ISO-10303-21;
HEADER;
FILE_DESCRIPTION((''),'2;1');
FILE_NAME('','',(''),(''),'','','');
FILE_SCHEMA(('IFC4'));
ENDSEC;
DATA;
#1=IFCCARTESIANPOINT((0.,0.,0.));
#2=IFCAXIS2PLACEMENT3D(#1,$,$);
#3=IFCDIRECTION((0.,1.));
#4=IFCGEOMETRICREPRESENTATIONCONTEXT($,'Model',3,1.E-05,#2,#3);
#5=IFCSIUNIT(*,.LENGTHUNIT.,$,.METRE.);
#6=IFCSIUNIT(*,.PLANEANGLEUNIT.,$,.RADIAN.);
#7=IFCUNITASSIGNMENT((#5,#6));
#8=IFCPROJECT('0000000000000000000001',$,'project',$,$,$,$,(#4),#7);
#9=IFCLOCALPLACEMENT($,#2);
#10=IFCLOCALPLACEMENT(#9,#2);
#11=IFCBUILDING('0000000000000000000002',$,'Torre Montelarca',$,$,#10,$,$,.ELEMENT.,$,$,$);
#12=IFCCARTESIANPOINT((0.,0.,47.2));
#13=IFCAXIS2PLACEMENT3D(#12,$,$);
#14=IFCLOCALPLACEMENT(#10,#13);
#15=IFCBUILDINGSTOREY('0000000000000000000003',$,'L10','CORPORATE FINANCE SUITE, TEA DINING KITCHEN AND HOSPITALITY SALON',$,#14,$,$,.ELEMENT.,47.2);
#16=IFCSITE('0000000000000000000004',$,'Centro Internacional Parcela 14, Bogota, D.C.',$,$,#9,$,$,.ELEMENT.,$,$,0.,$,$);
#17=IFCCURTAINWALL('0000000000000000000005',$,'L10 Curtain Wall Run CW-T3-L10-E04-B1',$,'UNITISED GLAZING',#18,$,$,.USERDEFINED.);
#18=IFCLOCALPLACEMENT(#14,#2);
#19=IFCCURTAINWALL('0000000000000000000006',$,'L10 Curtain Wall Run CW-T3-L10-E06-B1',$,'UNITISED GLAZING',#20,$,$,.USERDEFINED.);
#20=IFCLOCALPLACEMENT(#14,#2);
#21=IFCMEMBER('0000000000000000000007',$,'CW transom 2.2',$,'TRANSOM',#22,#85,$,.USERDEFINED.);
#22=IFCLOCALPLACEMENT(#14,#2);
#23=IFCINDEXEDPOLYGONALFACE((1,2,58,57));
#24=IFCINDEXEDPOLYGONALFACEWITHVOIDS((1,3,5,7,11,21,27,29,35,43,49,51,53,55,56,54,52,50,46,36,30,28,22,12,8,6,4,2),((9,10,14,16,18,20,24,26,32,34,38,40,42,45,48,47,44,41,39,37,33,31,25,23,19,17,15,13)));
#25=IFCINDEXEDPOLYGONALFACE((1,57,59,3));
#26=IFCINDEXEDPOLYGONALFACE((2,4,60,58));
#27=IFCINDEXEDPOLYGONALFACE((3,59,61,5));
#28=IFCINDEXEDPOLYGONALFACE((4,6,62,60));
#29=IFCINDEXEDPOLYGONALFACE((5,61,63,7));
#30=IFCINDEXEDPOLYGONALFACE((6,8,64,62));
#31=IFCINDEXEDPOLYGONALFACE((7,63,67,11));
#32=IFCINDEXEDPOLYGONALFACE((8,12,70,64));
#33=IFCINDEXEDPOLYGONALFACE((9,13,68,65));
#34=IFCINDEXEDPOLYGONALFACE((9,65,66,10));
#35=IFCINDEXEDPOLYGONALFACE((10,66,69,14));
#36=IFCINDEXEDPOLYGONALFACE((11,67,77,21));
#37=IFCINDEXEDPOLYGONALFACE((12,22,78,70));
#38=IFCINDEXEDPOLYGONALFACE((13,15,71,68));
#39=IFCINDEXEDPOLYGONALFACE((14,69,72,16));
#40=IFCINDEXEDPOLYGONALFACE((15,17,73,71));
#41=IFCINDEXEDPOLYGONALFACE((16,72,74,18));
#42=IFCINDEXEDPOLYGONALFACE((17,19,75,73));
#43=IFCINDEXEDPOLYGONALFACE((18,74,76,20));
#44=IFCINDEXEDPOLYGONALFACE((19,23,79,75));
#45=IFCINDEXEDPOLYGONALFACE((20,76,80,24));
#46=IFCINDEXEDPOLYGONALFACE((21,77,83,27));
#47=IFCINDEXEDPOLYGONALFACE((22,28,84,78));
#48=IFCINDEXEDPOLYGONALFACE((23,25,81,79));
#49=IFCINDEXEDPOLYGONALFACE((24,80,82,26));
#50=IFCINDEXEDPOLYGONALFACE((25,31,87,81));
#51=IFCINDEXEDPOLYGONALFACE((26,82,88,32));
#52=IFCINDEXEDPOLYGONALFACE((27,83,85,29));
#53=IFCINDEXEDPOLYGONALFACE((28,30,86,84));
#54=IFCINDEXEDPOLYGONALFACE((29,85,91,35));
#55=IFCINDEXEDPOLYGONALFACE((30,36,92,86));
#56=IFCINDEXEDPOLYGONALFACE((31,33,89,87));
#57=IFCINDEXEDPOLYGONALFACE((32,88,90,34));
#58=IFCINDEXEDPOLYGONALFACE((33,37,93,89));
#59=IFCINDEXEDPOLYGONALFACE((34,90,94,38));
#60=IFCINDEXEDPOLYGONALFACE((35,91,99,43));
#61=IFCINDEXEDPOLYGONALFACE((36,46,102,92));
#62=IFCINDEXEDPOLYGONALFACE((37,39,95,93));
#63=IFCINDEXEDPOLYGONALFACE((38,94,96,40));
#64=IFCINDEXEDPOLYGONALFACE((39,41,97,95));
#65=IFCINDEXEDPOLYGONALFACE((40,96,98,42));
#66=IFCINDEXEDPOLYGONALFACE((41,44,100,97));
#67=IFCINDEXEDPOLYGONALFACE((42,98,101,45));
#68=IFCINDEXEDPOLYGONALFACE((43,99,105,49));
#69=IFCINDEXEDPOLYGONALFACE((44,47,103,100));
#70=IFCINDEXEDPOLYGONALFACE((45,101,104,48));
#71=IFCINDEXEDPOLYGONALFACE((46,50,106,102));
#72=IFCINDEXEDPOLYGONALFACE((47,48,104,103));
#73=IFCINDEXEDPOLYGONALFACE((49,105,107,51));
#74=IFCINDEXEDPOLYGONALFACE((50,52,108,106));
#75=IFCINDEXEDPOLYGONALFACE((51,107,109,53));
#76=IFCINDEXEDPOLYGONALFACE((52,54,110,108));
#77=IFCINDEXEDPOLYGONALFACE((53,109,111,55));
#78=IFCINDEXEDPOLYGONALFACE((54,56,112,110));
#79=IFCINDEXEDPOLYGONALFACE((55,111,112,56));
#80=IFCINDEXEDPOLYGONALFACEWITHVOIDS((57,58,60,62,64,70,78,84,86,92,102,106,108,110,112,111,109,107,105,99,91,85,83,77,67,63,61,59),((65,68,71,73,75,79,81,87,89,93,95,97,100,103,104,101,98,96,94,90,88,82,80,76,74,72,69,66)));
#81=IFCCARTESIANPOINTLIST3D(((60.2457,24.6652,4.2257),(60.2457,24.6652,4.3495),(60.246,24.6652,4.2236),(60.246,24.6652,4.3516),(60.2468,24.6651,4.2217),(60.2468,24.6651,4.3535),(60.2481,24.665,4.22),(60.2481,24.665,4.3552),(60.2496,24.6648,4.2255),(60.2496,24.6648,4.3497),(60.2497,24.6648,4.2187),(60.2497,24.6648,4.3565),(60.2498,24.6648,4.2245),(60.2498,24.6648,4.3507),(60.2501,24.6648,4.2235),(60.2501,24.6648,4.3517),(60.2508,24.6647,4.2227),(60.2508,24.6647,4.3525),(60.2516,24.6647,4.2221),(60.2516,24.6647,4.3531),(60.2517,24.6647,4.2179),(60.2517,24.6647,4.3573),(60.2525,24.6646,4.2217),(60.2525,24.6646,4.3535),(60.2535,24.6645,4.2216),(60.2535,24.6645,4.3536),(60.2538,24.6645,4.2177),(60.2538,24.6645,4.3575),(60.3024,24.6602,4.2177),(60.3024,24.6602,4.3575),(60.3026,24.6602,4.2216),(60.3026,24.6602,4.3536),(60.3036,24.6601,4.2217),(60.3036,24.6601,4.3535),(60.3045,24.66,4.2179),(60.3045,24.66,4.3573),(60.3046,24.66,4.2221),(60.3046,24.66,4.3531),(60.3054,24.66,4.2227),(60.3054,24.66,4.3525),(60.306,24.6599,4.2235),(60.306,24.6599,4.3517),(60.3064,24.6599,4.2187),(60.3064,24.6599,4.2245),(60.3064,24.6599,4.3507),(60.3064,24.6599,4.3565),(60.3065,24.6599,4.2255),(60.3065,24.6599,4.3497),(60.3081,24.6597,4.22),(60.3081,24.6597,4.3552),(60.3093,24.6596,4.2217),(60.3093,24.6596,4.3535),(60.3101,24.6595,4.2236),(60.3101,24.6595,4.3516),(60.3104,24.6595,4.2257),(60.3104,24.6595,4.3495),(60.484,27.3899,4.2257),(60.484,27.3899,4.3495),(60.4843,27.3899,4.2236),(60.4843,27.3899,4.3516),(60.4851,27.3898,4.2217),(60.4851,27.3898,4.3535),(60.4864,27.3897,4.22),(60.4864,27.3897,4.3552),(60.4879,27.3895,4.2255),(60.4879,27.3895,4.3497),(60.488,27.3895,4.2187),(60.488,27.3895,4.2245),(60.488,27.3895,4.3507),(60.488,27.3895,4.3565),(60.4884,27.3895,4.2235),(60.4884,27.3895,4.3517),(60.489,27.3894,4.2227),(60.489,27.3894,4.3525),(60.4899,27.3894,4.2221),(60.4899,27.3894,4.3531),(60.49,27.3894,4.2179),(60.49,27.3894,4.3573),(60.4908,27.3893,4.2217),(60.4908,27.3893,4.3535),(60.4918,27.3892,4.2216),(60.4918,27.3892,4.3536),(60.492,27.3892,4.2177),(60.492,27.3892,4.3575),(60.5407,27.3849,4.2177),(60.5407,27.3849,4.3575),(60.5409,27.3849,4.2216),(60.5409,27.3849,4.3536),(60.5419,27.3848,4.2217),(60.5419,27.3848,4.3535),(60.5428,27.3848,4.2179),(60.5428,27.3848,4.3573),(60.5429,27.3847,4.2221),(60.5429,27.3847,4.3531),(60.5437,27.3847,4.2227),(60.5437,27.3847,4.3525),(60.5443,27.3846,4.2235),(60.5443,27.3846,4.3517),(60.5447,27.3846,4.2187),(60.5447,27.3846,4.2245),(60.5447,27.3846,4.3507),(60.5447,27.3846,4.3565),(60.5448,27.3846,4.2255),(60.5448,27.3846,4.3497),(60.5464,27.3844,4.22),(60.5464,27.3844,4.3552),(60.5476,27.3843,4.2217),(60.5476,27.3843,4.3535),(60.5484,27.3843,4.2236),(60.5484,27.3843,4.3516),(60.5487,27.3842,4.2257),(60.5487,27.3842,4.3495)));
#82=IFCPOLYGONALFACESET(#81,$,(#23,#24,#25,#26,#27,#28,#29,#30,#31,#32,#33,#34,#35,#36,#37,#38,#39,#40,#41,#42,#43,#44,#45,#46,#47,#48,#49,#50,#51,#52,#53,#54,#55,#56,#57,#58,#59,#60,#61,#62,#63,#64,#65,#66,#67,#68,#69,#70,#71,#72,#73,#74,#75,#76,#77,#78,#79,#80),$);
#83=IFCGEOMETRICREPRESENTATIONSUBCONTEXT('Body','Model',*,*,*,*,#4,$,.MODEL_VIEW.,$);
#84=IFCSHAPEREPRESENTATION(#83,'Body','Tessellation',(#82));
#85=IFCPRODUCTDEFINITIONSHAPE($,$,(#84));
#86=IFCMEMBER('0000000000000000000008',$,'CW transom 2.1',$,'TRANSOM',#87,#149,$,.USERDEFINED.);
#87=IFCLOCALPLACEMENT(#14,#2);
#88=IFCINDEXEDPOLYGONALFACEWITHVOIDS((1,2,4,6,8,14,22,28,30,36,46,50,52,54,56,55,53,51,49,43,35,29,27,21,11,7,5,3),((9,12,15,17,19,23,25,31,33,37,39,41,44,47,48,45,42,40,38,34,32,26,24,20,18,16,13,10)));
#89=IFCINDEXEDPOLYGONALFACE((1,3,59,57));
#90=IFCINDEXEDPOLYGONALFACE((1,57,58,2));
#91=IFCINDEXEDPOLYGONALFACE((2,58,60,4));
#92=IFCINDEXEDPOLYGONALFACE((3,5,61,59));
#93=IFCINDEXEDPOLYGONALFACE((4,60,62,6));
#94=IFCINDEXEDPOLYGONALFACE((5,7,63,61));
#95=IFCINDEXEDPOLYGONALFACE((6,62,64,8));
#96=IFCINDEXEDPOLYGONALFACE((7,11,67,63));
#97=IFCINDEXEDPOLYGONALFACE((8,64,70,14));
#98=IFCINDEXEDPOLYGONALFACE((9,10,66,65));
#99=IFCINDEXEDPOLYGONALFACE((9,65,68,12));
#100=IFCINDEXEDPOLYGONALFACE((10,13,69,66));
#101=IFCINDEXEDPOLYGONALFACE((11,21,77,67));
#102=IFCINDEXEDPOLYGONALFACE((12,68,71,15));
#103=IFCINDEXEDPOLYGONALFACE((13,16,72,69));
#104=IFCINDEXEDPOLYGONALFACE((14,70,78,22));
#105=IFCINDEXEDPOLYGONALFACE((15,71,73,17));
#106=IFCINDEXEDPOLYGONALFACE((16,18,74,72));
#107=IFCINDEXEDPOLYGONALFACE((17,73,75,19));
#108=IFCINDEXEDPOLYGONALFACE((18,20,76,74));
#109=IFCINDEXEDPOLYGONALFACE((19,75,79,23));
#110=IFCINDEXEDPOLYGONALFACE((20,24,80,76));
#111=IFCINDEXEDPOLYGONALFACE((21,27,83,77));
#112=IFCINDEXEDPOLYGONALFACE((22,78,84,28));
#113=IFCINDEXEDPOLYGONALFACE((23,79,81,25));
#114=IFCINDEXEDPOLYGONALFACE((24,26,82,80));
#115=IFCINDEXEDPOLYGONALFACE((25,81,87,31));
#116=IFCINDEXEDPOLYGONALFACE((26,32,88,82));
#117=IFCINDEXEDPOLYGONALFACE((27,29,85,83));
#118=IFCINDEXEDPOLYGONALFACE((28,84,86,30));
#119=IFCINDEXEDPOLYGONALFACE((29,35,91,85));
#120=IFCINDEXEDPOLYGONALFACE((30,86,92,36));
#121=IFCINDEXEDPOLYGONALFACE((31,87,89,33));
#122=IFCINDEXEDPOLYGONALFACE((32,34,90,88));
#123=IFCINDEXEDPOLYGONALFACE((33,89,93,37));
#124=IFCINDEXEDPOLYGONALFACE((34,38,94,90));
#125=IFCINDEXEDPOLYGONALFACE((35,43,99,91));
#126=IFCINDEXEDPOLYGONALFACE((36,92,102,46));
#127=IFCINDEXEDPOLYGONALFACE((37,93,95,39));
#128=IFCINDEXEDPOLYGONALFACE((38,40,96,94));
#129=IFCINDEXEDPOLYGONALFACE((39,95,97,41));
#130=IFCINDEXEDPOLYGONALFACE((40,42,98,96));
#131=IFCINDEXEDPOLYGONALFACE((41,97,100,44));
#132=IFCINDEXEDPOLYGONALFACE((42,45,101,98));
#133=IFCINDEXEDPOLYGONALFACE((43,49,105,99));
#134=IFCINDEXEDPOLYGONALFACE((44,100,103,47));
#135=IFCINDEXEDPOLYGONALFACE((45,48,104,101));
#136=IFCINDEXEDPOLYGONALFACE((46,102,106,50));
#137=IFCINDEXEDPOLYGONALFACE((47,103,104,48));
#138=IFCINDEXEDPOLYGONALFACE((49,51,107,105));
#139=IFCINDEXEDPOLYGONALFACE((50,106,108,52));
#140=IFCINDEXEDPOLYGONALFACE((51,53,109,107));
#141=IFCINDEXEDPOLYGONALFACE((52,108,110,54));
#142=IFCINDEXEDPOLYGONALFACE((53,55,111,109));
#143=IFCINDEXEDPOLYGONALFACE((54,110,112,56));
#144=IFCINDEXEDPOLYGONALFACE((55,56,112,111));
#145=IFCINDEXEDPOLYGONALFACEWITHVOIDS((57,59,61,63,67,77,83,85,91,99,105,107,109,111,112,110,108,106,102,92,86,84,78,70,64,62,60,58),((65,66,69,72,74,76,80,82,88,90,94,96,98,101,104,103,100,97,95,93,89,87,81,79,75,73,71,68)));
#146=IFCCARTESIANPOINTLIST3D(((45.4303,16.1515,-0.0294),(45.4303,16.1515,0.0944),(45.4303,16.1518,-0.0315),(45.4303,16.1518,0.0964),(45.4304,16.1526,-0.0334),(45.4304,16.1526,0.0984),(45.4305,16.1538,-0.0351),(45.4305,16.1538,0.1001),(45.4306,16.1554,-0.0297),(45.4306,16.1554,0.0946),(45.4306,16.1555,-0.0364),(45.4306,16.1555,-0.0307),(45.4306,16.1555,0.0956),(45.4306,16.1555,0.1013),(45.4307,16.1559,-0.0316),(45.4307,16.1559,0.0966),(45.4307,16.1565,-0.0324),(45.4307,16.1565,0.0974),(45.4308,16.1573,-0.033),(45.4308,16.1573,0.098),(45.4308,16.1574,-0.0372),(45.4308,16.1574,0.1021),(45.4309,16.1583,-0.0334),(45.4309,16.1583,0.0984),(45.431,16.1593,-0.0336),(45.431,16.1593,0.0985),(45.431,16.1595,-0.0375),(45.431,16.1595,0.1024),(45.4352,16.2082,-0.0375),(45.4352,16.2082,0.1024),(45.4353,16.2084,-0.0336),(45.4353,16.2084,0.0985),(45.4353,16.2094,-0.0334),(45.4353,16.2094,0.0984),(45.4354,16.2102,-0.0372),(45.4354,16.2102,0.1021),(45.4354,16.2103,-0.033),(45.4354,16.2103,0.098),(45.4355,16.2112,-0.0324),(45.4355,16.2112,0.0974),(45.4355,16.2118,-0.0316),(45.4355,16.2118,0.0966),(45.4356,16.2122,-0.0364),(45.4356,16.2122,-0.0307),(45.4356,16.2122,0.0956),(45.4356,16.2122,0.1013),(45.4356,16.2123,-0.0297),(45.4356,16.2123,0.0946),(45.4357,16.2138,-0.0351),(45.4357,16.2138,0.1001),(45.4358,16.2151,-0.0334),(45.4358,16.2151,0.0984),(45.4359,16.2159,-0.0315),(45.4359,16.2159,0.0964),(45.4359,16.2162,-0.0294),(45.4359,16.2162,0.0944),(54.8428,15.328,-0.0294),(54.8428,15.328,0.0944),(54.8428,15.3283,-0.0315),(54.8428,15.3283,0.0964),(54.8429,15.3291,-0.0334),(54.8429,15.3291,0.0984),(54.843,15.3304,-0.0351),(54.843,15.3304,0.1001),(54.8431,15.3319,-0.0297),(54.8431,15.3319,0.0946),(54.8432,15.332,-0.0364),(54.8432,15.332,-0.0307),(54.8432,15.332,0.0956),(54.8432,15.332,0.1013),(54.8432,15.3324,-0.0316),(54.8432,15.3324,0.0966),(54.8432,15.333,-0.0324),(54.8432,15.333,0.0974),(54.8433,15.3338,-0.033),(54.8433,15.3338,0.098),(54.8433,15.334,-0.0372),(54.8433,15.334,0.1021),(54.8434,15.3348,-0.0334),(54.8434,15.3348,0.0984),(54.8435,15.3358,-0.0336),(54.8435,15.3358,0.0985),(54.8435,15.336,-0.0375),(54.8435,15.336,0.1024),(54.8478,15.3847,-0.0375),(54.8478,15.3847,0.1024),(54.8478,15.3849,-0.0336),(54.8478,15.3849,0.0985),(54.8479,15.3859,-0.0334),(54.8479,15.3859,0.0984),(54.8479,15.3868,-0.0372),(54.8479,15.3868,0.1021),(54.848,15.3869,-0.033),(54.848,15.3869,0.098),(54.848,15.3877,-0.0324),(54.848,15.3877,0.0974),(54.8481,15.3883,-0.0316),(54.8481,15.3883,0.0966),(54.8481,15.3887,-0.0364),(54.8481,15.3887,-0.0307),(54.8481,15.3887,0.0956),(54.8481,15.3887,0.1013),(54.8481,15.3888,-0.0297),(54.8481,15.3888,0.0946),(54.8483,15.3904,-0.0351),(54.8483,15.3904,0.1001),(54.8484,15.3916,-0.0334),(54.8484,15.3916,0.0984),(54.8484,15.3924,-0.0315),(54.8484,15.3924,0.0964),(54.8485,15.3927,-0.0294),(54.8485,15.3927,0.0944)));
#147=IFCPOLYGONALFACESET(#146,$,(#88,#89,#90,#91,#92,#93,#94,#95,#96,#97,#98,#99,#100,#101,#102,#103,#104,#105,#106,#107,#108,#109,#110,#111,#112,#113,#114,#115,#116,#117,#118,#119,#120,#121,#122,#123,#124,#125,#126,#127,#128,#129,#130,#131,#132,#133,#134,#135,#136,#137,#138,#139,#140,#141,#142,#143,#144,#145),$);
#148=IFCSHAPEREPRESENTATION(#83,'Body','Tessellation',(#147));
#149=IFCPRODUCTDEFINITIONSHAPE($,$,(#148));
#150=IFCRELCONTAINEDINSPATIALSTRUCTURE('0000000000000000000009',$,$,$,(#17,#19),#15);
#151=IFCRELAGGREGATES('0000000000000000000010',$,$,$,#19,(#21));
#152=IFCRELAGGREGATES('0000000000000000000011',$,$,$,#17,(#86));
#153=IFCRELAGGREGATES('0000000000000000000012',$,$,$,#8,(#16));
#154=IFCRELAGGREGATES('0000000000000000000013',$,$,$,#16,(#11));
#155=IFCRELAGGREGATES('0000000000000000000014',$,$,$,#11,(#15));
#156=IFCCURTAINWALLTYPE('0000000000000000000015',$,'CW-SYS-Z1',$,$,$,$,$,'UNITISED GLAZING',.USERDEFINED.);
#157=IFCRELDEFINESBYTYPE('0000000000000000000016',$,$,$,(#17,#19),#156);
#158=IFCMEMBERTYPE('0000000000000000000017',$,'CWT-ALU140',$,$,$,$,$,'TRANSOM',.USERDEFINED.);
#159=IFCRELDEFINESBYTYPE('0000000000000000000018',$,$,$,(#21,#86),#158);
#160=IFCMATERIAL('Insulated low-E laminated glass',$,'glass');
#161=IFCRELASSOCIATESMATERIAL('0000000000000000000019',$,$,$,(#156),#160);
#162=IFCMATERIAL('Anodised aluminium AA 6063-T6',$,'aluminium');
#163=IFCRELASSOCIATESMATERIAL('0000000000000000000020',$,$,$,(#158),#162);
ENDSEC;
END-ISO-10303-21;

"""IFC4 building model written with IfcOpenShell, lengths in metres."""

from ifc_helpers import new_model, si_unit, direction, frame, origin, origin_2d, place, context, subcontext, project, spatial, hollow_rectangle, extrude, source, transform, mapped, material, material_profile, profile_set, type_object, element, aggregate, save


model = new_model("IFC4")

# Units and contexts
model_context = context("Model", 3, precision=1e-05, world=origin(), true_north=direction((0.0, 1.0)))
body_context = subcontext(model_context, "Body", "Model", "MODEL_VIEW")
ifc_project = project(units=[si_unit("LENGTHUNIT", "METRE"), si_unit("PLANEANGLEUNIT", "RADIAN")], contexts=[model_context])

# Site, building, storey
site_placement = place(None, origin())
site = spatial("IfcSite", under=ifc_project, at=site_placement, Name="Centro Internacional Parcela 14, Bogota, D.C.", CompositionType="ELEMENT", RefElevation=0.0)
building_placement = place(site_placement, origin())
building = spatial("IfcBuilding", under=site, at=building_placement, Name="Torre Montelarca", CompositionType="ELEMENT")
storey_placement = place(building_placement, frame((0.0, 0.0, 47.2)))
storey = spatial("IfcBuildingStorey", under=building, at=storey_placement, Name="L10", Description="CORPORATE FINANCE SUITE, TEA DINING KITCHEN AND HOSPITALITY SALON", CompositionType="ELEMENT", Elevation=47.2)

# Curtain walls
ifc_material_1 = material(Name="Insulated low-E laminated glass", Category="glass")
curtain_wall_type = type_object("IfcCurtainWallType", Name="CW-SYS-Z1", ElementType="UNITISED GLAZING", PredefinedType="USERDEFINED", material=ifc_material_1)
curtain_wall_1_placement = place(storey_placement, origin())
curtain_wall_1 = element("IfcCurtainWall", 1, at=curtain_wall_1_placement, inside=storey, type_object=curtain_wall_type, Name="L10 Curtain Wall Run CW-T3-L10-E04-B1", ObjectType="UNITISED GLAZING", PredefinedType="USERDEFINED")
ifc_material_2 = material(Name="Anodised aluminium AA 6063-T6", Category="aluminium")
curtain_wall_2_placement = place(storey_placement, origin())
curtain_wall_2 = element("IfcCurtainWall", 2, at=curtain_wall_2_placement, inside=storey, type_object=curtain_wall_type, Name="L10 Curtain Wall Run CW-T3-L10-E06-B1", ObjectType="UNITISED GLAZING", PredefinedType="USERDEFINED")

# Members
ifc_material_profile_1 = material_profile(ifc_material_2, hollow_rectangle(XDim=0.0649, YDim=0.1399, WallThickness=0.0039, InnerFilletRadius=0.0039, OuterFilletRadius=0.0081, at=origin_2d()), Name="ALU65X140X4", Category="aluminium")
ifc_profile_set_1 = profile_set([ifc_material_profile_1], Name="Anodised aluminium AA 6063-T6")
member_type_1 = type_object("IfcMemberType", Name="CWT-ALU140", ElementType="TRANSOM", PredefinedType="USERDEFINED", material=ifc_profile_set_1)
shared_shape_1 = source(origin(), body_context, "Body", "SweptSolid", [
    extrude(hollow_rectangle(XDim=0.0649, YDim=0.1399, WallThickness=0.0039, InnerFilletRadius=0.0039, OuterFilletRadius=0.0081, at=origin_2d()), origin(), (0.0, 0.0, 1.0), 2.7351),
])
member_1_placement = place(storey_placement, frame((60.2781, 24.6624, 4.2876), z_axis=(0.087123, 0.996198, 0.0), x_axis=(-0.996198, 0.087123, 0.0)))
member_1 = element("IfcMember", 3, at=member_1_placement, type_object=member_type_1, Name="CW transom 2.2", ObjectType="TRANSOM", PredefinedType="USERDEFINED", context=body_context, shape_type="MappedRepresentation", body=[
    mapped(shared_shape_1, transform((0.0, 0.0, 0.0), scale=1.0)),
])
shared_shape_2 = source(origin(), body_context, "Body", "SweptSolid", [
    extrude(hollow_rectangle(XDim=0.0649, YDim=0.1399, WallThickness=0.0039, InnerFilletRadius=0.0039, OuterFilletRadius=0.0081, at=origin_2d()), origin(), (0.0, 0.0, 1.0), 9.4485),
])
member_2_placement = place(storey_placement, frame((45.4331, 16.1838, 0.0325), z_axis=(0.996195, -0.087155, 0.0), x_axis=(0.087155, 0.996195, 0.0)))
member_2 = element("IfcMember", 4, at=member_2_placement, type_object=member_type_1, Name="CW transom 2.1", ObjectType="TRANSOM", PredefinedType="USERDEFINED", context=body_context, shape_type="MappedRepresentation", body=[
    mapped(shared_shape_2, transform((0.0, 0.0, 0.0), scale=1.0)),
])

aggregate(curtain_wall_2, [member_1])
aggregate(curtain_wall_1, [member_2])

save(model, "model.ifc")
